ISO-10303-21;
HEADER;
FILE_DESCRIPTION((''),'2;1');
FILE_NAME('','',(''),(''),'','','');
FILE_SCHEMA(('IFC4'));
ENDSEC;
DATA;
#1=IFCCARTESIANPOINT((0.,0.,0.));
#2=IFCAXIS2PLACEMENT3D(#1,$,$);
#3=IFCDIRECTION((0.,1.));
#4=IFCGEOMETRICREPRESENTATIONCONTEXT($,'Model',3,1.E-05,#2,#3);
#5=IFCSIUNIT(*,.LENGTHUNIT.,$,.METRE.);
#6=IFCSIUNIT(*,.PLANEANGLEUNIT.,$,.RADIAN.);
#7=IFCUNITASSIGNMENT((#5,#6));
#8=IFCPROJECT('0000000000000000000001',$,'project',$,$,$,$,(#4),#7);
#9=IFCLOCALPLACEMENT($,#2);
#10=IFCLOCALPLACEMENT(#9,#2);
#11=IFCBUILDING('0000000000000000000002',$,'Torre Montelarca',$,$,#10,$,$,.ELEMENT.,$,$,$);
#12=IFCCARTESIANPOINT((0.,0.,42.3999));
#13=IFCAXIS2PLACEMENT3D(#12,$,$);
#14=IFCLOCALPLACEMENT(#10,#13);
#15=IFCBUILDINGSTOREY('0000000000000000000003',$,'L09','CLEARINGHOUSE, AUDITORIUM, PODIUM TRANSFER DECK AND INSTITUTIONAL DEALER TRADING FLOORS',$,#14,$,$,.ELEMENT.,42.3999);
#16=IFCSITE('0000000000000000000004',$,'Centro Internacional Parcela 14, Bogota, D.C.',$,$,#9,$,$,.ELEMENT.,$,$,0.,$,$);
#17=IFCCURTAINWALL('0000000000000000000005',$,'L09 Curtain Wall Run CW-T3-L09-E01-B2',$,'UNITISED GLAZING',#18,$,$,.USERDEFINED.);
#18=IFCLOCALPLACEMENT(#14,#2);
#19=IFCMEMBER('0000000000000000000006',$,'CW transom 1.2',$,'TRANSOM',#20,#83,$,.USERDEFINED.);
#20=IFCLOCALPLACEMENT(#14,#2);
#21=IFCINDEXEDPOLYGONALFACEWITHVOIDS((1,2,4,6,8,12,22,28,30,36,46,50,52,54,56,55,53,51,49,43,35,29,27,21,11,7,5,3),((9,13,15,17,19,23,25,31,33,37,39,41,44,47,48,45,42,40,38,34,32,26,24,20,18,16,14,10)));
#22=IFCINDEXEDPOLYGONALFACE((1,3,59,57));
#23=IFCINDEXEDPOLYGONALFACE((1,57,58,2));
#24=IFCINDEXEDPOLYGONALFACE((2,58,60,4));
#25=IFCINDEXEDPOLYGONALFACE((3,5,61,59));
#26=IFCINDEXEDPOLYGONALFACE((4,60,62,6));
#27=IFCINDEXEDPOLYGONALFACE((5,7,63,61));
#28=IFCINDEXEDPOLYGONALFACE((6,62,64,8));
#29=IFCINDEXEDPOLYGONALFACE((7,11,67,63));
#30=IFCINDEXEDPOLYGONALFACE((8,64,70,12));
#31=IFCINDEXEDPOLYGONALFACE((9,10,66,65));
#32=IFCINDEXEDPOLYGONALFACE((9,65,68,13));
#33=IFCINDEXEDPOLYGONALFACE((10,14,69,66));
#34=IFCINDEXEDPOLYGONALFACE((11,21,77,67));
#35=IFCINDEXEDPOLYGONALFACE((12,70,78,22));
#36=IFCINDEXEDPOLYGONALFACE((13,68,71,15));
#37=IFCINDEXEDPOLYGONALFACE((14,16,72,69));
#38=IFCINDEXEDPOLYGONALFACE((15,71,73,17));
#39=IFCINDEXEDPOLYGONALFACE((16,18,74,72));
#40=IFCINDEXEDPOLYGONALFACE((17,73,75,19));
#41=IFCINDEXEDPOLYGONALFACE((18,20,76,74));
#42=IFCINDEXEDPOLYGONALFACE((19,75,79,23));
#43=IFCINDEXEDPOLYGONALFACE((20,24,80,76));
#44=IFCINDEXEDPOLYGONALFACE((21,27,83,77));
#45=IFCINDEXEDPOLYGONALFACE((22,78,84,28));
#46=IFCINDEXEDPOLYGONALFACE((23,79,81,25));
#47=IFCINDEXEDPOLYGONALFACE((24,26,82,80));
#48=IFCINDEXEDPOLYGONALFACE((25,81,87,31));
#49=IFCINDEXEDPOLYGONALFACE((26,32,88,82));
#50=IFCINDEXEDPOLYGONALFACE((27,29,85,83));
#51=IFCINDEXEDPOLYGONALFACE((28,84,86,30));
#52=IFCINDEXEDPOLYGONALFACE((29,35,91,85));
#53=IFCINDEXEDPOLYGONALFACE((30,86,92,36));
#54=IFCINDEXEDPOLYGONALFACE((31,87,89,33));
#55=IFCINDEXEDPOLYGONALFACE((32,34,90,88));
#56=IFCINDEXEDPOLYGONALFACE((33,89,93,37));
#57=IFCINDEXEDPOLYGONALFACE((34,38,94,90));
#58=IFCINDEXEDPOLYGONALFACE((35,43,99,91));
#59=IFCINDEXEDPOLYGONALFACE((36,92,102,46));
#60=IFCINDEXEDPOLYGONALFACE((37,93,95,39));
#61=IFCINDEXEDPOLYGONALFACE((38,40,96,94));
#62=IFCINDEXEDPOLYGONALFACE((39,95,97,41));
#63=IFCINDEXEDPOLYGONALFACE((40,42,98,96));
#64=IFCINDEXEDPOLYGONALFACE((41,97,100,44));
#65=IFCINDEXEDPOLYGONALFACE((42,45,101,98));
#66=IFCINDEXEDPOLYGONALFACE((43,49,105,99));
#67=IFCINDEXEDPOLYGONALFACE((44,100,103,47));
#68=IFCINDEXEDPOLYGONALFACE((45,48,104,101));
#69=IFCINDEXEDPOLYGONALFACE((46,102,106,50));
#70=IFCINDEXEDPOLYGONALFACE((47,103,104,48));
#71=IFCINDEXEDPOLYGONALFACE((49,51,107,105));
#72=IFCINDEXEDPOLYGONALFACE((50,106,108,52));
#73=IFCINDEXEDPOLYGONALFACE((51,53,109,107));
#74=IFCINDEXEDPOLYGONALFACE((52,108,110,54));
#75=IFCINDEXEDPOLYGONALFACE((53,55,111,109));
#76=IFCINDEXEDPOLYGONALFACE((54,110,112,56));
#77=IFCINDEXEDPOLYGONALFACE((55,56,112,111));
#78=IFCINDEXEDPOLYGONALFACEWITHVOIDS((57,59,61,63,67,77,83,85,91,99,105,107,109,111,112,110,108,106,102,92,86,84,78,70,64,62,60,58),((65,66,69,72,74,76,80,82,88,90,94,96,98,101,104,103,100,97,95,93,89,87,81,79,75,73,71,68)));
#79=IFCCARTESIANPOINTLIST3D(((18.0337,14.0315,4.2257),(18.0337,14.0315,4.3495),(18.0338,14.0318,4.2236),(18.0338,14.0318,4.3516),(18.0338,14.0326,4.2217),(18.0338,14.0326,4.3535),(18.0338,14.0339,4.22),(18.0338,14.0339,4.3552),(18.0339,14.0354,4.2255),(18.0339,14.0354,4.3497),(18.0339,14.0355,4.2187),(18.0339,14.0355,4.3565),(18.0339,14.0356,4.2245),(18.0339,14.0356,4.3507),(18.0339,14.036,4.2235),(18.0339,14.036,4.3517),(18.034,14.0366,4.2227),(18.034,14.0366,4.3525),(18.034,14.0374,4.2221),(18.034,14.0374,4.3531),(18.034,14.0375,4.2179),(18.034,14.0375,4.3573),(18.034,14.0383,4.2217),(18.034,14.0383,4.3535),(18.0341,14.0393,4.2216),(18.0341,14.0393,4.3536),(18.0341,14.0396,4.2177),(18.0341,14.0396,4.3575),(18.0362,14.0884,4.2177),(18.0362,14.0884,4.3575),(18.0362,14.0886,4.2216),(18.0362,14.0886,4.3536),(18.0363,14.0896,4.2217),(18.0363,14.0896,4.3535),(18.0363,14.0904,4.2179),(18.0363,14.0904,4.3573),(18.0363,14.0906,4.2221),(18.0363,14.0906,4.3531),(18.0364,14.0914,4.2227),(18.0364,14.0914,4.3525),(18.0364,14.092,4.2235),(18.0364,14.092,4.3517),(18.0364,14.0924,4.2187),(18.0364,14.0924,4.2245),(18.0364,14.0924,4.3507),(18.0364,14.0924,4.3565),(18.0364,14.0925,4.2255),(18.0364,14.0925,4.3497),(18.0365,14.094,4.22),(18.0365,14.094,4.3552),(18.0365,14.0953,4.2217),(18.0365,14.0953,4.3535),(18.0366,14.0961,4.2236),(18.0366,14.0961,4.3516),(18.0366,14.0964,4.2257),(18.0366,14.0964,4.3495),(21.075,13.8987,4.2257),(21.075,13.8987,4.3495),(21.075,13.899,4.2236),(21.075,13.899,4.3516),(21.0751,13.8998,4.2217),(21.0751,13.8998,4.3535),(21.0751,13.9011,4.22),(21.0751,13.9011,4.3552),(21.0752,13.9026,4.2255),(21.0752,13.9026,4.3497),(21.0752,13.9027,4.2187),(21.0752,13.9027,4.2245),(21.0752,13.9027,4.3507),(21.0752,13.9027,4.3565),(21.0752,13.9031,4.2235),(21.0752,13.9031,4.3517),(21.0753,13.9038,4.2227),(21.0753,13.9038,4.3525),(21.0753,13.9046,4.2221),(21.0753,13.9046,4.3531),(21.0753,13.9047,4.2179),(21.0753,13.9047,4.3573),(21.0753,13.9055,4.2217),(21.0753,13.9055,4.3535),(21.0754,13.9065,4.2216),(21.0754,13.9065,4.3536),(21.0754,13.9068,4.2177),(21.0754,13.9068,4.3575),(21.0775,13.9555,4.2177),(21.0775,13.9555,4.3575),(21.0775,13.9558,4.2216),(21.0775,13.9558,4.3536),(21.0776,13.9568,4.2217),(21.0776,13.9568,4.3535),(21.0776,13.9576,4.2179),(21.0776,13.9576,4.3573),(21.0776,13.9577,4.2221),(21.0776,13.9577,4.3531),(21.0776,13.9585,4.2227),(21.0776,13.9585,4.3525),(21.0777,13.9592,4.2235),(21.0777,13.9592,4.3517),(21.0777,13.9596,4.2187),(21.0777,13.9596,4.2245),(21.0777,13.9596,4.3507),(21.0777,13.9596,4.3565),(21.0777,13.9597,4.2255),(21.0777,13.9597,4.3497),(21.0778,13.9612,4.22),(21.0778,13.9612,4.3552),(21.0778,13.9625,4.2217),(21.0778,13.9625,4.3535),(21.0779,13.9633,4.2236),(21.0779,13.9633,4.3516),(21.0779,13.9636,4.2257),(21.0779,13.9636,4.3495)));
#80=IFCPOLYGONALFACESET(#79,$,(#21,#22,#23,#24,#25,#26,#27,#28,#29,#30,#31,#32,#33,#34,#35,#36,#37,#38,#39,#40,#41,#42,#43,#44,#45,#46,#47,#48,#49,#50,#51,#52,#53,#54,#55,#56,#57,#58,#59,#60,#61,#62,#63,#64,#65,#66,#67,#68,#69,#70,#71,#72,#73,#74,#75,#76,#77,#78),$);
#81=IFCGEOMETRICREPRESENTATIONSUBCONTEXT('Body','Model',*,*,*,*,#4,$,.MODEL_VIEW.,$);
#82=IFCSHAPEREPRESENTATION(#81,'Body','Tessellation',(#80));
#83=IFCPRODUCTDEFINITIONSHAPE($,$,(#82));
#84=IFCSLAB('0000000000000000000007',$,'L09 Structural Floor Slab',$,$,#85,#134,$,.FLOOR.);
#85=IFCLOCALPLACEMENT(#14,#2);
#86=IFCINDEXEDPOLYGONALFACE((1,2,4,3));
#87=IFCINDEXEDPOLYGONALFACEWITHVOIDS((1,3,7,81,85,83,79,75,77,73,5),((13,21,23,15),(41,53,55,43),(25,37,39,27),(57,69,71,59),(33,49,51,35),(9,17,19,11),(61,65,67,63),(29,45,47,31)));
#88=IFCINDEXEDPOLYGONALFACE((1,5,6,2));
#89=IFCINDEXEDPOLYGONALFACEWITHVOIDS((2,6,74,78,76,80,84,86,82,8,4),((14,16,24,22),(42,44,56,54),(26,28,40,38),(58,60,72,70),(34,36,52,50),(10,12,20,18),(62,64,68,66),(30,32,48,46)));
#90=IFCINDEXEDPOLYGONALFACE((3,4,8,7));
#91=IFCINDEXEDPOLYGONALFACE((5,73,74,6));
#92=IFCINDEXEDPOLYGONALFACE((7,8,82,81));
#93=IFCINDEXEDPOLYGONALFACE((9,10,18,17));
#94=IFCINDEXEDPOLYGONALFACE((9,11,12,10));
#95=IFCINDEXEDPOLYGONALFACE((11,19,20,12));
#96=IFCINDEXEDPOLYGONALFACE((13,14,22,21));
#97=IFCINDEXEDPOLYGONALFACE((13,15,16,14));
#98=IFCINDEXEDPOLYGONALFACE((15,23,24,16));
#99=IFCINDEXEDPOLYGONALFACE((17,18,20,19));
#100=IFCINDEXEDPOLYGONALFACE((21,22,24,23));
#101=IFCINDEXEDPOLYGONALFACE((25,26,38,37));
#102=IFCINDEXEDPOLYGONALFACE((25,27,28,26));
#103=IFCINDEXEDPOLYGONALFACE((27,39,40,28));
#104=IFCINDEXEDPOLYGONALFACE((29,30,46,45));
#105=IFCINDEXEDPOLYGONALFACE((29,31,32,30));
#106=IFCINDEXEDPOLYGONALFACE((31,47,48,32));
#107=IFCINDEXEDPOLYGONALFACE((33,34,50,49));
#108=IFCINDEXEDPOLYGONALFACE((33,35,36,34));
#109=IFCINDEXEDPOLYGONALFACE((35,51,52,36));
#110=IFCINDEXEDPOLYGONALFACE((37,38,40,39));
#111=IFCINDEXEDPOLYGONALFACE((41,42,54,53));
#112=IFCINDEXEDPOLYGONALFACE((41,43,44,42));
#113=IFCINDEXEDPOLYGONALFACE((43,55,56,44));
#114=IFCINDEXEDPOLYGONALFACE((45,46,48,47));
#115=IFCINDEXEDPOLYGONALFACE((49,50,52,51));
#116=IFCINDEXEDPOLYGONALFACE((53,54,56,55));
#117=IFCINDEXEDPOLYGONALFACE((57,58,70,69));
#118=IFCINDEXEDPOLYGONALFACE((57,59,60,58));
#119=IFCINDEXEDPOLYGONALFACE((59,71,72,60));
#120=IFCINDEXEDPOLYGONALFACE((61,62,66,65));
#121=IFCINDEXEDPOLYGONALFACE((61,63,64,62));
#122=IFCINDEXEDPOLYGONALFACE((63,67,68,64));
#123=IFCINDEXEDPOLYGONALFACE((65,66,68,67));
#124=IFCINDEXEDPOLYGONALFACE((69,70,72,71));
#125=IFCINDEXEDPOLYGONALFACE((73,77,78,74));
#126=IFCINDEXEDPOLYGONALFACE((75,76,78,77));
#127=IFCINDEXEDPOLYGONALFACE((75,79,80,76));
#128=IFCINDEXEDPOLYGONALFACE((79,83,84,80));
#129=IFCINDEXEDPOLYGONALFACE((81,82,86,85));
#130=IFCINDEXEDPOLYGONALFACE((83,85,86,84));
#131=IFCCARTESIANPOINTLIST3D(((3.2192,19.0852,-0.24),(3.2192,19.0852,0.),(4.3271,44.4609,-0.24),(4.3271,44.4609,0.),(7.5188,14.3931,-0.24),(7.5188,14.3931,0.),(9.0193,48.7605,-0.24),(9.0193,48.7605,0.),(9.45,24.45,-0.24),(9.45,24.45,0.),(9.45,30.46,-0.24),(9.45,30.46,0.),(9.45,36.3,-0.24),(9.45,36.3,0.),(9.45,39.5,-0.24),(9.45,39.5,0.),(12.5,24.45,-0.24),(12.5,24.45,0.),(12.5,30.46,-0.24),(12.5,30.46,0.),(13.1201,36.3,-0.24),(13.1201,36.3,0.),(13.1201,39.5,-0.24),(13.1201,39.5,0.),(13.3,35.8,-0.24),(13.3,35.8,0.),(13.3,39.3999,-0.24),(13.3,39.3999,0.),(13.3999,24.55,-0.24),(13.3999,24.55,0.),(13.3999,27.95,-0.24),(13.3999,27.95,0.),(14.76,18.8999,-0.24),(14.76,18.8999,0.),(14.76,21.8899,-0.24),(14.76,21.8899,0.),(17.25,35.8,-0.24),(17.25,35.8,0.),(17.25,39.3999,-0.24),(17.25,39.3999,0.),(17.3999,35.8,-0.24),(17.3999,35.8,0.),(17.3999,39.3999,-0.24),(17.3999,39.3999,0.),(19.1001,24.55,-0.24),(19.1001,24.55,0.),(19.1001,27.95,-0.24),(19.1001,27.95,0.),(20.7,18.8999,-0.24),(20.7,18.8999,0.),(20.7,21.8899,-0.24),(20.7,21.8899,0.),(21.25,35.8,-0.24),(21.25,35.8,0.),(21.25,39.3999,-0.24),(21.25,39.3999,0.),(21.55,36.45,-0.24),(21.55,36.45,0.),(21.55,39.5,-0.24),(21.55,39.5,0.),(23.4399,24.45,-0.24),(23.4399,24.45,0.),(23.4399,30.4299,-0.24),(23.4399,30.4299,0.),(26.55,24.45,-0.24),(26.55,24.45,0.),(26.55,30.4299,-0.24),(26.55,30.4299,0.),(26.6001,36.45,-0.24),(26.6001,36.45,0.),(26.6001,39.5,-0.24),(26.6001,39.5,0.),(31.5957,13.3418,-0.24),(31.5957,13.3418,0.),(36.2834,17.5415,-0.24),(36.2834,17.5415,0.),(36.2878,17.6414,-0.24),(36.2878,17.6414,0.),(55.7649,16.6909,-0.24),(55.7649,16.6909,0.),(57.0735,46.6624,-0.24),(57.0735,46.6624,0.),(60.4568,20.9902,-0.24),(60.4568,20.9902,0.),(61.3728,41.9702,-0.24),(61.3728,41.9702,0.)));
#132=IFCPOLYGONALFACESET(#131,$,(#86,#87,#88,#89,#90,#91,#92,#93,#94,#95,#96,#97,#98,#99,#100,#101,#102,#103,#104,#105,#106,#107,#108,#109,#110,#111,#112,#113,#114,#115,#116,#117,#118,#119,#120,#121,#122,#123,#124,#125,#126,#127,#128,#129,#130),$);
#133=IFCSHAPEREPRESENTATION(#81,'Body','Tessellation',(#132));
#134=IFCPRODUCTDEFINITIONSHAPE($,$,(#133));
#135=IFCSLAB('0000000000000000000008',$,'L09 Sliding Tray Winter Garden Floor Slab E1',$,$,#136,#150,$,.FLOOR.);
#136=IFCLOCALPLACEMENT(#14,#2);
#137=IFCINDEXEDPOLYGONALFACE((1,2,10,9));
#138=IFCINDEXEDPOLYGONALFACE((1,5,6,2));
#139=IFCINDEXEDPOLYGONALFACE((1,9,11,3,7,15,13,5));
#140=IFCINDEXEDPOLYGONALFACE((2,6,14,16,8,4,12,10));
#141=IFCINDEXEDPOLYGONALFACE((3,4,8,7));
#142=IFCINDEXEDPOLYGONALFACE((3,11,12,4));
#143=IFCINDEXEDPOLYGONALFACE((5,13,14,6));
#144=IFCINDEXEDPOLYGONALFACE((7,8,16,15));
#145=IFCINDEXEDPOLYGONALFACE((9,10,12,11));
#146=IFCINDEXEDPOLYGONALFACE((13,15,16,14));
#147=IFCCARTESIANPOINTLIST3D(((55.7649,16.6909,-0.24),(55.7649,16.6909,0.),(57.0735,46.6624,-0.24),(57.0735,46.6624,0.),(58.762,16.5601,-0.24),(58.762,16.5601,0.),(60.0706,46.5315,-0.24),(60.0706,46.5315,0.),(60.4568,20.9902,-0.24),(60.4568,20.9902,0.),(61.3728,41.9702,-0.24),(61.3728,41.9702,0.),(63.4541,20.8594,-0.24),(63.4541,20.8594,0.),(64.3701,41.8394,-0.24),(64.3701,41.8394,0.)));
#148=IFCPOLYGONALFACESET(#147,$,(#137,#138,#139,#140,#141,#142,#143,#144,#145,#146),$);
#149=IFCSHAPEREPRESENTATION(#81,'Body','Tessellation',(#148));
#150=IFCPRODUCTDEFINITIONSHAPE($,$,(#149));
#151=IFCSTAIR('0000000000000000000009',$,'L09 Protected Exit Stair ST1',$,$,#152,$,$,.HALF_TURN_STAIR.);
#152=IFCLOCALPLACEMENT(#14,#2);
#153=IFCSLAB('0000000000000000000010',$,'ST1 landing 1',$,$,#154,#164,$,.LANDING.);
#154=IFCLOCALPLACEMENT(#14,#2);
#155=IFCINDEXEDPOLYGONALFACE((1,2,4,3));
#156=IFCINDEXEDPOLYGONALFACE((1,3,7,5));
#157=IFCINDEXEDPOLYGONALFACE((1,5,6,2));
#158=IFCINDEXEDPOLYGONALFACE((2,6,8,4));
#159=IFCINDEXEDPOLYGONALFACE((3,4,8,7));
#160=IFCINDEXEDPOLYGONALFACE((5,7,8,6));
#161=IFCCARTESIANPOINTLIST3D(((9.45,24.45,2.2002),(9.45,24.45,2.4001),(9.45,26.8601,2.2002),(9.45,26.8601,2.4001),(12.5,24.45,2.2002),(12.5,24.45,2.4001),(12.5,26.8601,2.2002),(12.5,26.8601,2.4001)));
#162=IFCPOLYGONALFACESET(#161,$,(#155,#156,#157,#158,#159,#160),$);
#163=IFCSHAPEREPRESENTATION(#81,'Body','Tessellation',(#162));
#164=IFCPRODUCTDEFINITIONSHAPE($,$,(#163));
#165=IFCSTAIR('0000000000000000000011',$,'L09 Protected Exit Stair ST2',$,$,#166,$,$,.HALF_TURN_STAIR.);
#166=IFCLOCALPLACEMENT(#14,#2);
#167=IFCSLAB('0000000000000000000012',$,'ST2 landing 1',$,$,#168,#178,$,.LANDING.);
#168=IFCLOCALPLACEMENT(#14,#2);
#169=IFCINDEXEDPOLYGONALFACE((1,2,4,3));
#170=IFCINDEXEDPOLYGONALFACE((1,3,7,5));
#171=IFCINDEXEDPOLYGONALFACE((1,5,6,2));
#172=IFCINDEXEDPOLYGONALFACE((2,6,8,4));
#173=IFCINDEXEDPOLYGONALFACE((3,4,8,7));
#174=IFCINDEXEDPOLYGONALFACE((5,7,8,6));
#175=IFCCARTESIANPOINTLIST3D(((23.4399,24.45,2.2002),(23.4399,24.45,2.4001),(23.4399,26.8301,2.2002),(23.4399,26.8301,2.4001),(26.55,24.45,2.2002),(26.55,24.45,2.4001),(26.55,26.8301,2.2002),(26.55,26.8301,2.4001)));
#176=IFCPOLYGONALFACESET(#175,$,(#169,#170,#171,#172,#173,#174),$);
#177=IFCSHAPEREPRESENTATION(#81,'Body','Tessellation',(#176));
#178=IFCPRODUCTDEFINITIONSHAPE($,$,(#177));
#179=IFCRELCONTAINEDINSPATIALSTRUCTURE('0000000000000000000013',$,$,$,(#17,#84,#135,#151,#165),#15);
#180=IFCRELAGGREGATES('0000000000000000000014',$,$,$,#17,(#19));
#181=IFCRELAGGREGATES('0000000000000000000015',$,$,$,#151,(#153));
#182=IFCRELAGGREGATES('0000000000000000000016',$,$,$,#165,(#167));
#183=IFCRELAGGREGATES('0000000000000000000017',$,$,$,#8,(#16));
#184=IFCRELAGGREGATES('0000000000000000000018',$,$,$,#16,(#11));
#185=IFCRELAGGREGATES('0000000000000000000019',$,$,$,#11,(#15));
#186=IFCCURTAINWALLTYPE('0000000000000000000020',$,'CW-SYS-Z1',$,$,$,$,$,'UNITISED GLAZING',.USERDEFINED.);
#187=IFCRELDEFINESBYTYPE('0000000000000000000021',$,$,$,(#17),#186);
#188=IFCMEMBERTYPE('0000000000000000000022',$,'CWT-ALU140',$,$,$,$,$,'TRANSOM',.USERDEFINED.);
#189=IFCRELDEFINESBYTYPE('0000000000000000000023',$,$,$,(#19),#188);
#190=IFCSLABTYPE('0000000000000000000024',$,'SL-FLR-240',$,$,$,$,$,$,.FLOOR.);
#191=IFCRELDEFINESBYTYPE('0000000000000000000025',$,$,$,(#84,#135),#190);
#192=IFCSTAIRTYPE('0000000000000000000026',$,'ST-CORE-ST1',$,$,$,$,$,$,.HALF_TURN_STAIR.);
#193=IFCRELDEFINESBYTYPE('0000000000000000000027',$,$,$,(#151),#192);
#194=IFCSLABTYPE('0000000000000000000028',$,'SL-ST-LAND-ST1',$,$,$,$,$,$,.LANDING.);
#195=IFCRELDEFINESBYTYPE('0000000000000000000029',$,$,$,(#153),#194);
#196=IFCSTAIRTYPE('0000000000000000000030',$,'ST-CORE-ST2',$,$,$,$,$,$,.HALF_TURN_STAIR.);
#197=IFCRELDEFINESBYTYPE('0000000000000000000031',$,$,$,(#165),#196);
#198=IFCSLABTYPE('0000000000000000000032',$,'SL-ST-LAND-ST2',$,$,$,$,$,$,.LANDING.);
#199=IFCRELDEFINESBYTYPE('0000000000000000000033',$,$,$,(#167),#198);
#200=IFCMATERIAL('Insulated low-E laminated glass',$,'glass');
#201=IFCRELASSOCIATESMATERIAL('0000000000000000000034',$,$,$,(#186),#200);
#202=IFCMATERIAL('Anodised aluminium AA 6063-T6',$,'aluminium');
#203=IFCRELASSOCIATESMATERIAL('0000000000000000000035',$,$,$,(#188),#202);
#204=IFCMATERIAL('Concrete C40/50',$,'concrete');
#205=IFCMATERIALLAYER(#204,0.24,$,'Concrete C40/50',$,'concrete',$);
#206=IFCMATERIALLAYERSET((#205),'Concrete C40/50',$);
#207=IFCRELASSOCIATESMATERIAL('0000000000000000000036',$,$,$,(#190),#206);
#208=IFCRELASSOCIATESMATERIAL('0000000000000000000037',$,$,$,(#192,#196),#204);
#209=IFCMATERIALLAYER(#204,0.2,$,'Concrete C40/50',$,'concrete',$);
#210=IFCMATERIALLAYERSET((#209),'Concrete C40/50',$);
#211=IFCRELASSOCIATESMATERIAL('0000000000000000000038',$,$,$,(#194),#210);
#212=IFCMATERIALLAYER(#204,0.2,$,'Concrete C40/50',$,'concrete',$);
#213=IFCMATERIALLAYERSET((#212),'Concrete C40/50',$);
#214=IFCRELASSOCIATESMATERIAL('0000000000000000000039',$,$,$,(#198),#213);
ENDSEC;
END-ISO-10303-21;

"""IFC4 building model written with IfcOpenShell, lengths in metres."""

from ifc_helpers import new_model, si_unit, direction, frame, origin, origin_2d, place, context, subcontext, project, spatial, polyline, hollow_rectangle, outline, extrude, source, transform, mapped, material, layer, layer_set, material_profile, profile_set, type_object, element, aggregate, save


model = new_model("IFC4")

# Units and contexts
model_context = context("Model", 3, precision=1e-05, world=origin(), true_north=direction((0.0, 1.0)))
body_context = subcontext(model_context, "Body", "Model", "MODEL_VIEW")
ifc_project = project(units=[si_unit("LENGTHUNIT", "METRE"), si_unit("PLANEANGLEUNIT", "RADIAN")], contexts=[model_context])

# Site, building, storey
site_placement = place(None, origin())
site = spatial("IfcSite", under=ifc_project, at=site_placement, Name="Centro Internacional Parcela 14, Bogota, D.C.", CompositionType="ELEMENT", RefElevation=0.0)
building_placement = place(site_placement, origin())
building = spatial("IfcBuilding", under=site, at=building_placement, Name="Torre Montelarca", CompositionType="ELEMENT")
storey_placement = place(building_placement, frame((0.0, 0.0, 42.3999)))
storey = spatial("IfcBuildingStorey", under=building, at=storey_placement, Name="L09", Description="CLEARINGHOUSE, AUDITORIUM, PODIUM TRANSFER DECK AND INSTITUTIONAL DEALER TRADING FLOORS", CompositionType="ELEMENT", Elevation=42.3999)

# Shared definitions
ifc_material_1 = material(Name="Insulated low-E laminated glass", Category="glass")
curtain_wall_type = type_object("IfcCurtainWallType", Name="CW-SYS-Z1", ElementType="UNITISED GLAZING", PredefinedType="USERDEFINED", material=ifc_material_1)
ifc_material_2 = material(Name="Anodised aluminium AA 6063-T6", Category="aluminium")

# Curtain wall
curtain_wall_1_placement = place(storey_placement, origin())
curtain_wall_1 = element("IfcCurtainWall", 1, at=curtain_wall_1_placement, inside=storey, type_object=curtain_wall_type, Name="L09 Curtain Wall Run CW-T3-L09-E01-B2", ObjectType="UNITISED GLAZING", PredefinedType="USERDEFINED")

# Member
ifc_material_profile_1 = material_profile(ifc_material_2, hollow_rectangle(XDim=0.0649, YDim=0.1399, WallThickness=0.0039, InnerFilletRadius=0.0039, OuterFilletRadius=0.0081, at=origin_2d()), Name="ALU65X140X4", Category="aluminium")
ifc_profile_set_1 = profile_set([ifc_material_profile_1], Name="Anodised aluminium AA 6063-T6")
member_type_1 = type_object("IfcMemberType", Name="CWT-ALU140", ElementType="TRANSOM", PredefinedType="USERDEFINED", material=ifc_profile_set_1)
shared_shape_1 = source(origin(), body_context, "Body", "SweptSolid", [
    extrude(hollow_rectangle(XDim=0.0649, YDim=0.1399, WallThickness=0.0039, InnerFilletRadius=0.0039, OuterFilletRadius=0.0081, at=origin_2d()), origin(), (0.0, 0.0, 1.0), 3.0442),
])
member_1_placement = place(storey_placement, frame((18.0352, 14.064, 4.2876), z_axis=(0.999048, -0.043629, 0.0), x_axis=(0.043629, 0.999048, 0.0)))
member_1 = element("IfcMember", 2, at=member_1_placement, type_object=member_type_1, Name="CW transom 1.2", ObjectType="TRANSOM", PredefinedType="USERDEFINED", context=body_context, shape_type="MappedRepresentation", body=[
    mapped(shared_shape_1, transform((0.0, 0.0, 0.0), scale=1.0)),
])
aggregate(curtain_wall_1, [member_1])

# Slabs
ifc_material_3 = material(Name="Concrete C40/50", Category="concrete")
ifc_layer_1 = layer(ifc_material_3, 0.24, Name="Concrete C40/50", Category="concrete")
ifc_layer_set_1 = layer_set([ifc_layer_1], Name="Concrete C40/50")
slab_type_1 = type_object("IfcSlabType", Name="SL-FLR-240", PredefinedType="FLOOR", material=ifc_layer_set_1)
slab_1_placement = place(storey_placement, frame((0.0, 0.0, -0.24)))
element("IfcSlab", 3, at=slab_1_placement, inside=storey, type_object=slab_type_1, Name="L09 Structural Floor Slab", PredefinedType="FLOOR", context=body_context, shape_type="SweptSolid", body=[
    extrude(outline(polyline([(31.5957, 13.3418), (36.2878, 17.6414), (36.2834, 17.5415), (55.7649, 16.6909), (60.4568, 20.9902), (61.3728, 41.9702), (57.0735, 46.6624), (9.0193, 48.7605), (4.3271, 44.4609), (3.2192, 19.0852), (7.5188, 14.3931), (31.5957, 13.3418)]), holes=[polyline([(20.7, 18.8999), (14.76, 18.8999), (14.76, 21.8899), (20.7, 21.8899), (20.7, 18.8999)]), polyline([(19.1001, 24.55), (13.3999, 24.55), (13.3999, 27.95), (19.1001, 27.95), (19.1001, 24.55)]), polyline([(23.4399, 24.45), (23.4399, 30.4299), (26.55, 30.4299), (26.55, 24.45), (23.4399, 24.45)]), polyline([(9.45, 24.45), (9.45, 30.46), (12.5, 30.46), (12.5, 24.45), (9.45, 24.45)]), polyline([(17.25, 35.8), (13.3, 35.8), (13.3, 39.3999), (17.25, 39.3999), (17.25, 35.8)]), polyline([(21.25, 35.8), (17.3999, 35.8), (17.3999, 39.3999), (21.25, 39.3999), (21.25, 35.8)]), polyline([(13.1201, 36.3), (9.45, 36.3), (9.45, 39.5), (13.1201, 39.5), (13.1201, 36.3)]), polyline([(26.6001, 36.45), (21.55, 36.45), (21.55, 39.5), (26.6001, 39.5), (26.6001, 36.45)])]), origin(), (0.0, 0.0, 1.0), 0.24),
])
slab_2_placement = place(storey_placement, frame((0.0, 0.0, -0.24)))
element("IfcSlab", 4, at=slab_2_placement, inside=storey, type_object=slab_type_1, Name="L09 Sliding Tray Winter Garden Floor Slab E1", PredefinedType="FLOOR", context=body_context, shape_type="SweptSolid", body=[
    extrude(outline(polyline([(57.0735, 46.6624), (61.3728, 41.9702), (60.4568, 20.9902), (55.7649, 16.6909), (58.762, 16.5601), (63.4541, 20.8594), (64.3701, 41.8394), (60.0706, 46.5315), (57.0735, 46.6624)])), origin(), (0.0, 0.0, 1.0), 0.24),
])

# Stairs, slabs
stair_type_1 = type_object("IfcStairType", Name="ST-CORE-ST1", PredefinedType="HALF_TURN_STAIR", material=ifc_material_3)
stair_1_placement = place(storey_placement, origin())
stair_1 = element("IfcStair", 5, at=stair_1_placement, inside=storey, type_object=stair_type_1, Name="L09 Protected Exit Stair ST1", PredefinedType="HALF_TURN_STAIR")
ifc_layer_2 = layer(ifc_material_3, 0.2, Name="Concrete C40/50", Category="concrete")
ifc_layer_set_2 = layer_set([ifc_layer_2], Name="Concrete C40/50")
slab_type_2 = type_object("IfcSlabType", Name="SL-ST-LAND-ST1", PredefinedType="LANDING", material=ifc_layer_set_2)
slab_3_placement = place(storey_placement, frame((0.0, 0.0, 2.2002)))
slab_3 = element("IfcSlab", 6, at=slab_3_placement, type_object=slab_type_2, Name="ST1 landing 1", PredefinedType="LANDING", context=body_context, shape_type="SweptSolid", body=[
    extrude(outline(polyline([(9.45, 26.8601), (9.45, 24.45), (12.5, 24.45), (12.5, 26.8601), (9.45, 26.8601)])), origin(), (0.0, 0.0, 1.0), 0.2),
])
aggregate(stair_1, [slab_3])
stair_type_2 = type_object("IfcStairType", Name="ST-CORE-ST2", PredefinedType="HALF_TURN_STAIR", material=ifc_material_3)
stair_2_placement = place(storey_placement, origin())
stair_2 = element("IfcStair", 7, at=stair_2_placement, inside=storey, type_object=stair_type_2, Name="L09 Protected Exit Stair ST2", PredefinedType="HALF_TURN_STAIR")
ifc_layer_3 = layer(ifc_material_3, 0.2, Name="Concrete C40/50", Category="concrete")
ifc_layer_set_3 = layer_set([ifc_layer_3], Name="Concrete C40/50")
slab_type_3 = type_object("IfcSlabType", Name="SL-ST-LAND-ST2", PredefinedType="LANDING", material=ifc_layer_set_3)
slab_4_placement = place(storey_placement, frame((0.0, 0.0, 2.2002)))
slab_4 = element("IfcSlab", 8, at=slab_4_placement, type_object=slab_type_3, Name="ST2 landing 1", PredefinedType="LANDING", context=body_context, shape_type="SweptSolid", body=[
    extrude(outline(polyline([(23.4399, 26.8301), (23.4399, 24.45), (26.55, 24.45), (26.55, 26.8301), (23.4399, 26.8301)])), origin(), (0.0, 0.0, 1.0), 0.2),
])
aggregate(stair_2, [slab_4])

save(model, "model.ifc")
